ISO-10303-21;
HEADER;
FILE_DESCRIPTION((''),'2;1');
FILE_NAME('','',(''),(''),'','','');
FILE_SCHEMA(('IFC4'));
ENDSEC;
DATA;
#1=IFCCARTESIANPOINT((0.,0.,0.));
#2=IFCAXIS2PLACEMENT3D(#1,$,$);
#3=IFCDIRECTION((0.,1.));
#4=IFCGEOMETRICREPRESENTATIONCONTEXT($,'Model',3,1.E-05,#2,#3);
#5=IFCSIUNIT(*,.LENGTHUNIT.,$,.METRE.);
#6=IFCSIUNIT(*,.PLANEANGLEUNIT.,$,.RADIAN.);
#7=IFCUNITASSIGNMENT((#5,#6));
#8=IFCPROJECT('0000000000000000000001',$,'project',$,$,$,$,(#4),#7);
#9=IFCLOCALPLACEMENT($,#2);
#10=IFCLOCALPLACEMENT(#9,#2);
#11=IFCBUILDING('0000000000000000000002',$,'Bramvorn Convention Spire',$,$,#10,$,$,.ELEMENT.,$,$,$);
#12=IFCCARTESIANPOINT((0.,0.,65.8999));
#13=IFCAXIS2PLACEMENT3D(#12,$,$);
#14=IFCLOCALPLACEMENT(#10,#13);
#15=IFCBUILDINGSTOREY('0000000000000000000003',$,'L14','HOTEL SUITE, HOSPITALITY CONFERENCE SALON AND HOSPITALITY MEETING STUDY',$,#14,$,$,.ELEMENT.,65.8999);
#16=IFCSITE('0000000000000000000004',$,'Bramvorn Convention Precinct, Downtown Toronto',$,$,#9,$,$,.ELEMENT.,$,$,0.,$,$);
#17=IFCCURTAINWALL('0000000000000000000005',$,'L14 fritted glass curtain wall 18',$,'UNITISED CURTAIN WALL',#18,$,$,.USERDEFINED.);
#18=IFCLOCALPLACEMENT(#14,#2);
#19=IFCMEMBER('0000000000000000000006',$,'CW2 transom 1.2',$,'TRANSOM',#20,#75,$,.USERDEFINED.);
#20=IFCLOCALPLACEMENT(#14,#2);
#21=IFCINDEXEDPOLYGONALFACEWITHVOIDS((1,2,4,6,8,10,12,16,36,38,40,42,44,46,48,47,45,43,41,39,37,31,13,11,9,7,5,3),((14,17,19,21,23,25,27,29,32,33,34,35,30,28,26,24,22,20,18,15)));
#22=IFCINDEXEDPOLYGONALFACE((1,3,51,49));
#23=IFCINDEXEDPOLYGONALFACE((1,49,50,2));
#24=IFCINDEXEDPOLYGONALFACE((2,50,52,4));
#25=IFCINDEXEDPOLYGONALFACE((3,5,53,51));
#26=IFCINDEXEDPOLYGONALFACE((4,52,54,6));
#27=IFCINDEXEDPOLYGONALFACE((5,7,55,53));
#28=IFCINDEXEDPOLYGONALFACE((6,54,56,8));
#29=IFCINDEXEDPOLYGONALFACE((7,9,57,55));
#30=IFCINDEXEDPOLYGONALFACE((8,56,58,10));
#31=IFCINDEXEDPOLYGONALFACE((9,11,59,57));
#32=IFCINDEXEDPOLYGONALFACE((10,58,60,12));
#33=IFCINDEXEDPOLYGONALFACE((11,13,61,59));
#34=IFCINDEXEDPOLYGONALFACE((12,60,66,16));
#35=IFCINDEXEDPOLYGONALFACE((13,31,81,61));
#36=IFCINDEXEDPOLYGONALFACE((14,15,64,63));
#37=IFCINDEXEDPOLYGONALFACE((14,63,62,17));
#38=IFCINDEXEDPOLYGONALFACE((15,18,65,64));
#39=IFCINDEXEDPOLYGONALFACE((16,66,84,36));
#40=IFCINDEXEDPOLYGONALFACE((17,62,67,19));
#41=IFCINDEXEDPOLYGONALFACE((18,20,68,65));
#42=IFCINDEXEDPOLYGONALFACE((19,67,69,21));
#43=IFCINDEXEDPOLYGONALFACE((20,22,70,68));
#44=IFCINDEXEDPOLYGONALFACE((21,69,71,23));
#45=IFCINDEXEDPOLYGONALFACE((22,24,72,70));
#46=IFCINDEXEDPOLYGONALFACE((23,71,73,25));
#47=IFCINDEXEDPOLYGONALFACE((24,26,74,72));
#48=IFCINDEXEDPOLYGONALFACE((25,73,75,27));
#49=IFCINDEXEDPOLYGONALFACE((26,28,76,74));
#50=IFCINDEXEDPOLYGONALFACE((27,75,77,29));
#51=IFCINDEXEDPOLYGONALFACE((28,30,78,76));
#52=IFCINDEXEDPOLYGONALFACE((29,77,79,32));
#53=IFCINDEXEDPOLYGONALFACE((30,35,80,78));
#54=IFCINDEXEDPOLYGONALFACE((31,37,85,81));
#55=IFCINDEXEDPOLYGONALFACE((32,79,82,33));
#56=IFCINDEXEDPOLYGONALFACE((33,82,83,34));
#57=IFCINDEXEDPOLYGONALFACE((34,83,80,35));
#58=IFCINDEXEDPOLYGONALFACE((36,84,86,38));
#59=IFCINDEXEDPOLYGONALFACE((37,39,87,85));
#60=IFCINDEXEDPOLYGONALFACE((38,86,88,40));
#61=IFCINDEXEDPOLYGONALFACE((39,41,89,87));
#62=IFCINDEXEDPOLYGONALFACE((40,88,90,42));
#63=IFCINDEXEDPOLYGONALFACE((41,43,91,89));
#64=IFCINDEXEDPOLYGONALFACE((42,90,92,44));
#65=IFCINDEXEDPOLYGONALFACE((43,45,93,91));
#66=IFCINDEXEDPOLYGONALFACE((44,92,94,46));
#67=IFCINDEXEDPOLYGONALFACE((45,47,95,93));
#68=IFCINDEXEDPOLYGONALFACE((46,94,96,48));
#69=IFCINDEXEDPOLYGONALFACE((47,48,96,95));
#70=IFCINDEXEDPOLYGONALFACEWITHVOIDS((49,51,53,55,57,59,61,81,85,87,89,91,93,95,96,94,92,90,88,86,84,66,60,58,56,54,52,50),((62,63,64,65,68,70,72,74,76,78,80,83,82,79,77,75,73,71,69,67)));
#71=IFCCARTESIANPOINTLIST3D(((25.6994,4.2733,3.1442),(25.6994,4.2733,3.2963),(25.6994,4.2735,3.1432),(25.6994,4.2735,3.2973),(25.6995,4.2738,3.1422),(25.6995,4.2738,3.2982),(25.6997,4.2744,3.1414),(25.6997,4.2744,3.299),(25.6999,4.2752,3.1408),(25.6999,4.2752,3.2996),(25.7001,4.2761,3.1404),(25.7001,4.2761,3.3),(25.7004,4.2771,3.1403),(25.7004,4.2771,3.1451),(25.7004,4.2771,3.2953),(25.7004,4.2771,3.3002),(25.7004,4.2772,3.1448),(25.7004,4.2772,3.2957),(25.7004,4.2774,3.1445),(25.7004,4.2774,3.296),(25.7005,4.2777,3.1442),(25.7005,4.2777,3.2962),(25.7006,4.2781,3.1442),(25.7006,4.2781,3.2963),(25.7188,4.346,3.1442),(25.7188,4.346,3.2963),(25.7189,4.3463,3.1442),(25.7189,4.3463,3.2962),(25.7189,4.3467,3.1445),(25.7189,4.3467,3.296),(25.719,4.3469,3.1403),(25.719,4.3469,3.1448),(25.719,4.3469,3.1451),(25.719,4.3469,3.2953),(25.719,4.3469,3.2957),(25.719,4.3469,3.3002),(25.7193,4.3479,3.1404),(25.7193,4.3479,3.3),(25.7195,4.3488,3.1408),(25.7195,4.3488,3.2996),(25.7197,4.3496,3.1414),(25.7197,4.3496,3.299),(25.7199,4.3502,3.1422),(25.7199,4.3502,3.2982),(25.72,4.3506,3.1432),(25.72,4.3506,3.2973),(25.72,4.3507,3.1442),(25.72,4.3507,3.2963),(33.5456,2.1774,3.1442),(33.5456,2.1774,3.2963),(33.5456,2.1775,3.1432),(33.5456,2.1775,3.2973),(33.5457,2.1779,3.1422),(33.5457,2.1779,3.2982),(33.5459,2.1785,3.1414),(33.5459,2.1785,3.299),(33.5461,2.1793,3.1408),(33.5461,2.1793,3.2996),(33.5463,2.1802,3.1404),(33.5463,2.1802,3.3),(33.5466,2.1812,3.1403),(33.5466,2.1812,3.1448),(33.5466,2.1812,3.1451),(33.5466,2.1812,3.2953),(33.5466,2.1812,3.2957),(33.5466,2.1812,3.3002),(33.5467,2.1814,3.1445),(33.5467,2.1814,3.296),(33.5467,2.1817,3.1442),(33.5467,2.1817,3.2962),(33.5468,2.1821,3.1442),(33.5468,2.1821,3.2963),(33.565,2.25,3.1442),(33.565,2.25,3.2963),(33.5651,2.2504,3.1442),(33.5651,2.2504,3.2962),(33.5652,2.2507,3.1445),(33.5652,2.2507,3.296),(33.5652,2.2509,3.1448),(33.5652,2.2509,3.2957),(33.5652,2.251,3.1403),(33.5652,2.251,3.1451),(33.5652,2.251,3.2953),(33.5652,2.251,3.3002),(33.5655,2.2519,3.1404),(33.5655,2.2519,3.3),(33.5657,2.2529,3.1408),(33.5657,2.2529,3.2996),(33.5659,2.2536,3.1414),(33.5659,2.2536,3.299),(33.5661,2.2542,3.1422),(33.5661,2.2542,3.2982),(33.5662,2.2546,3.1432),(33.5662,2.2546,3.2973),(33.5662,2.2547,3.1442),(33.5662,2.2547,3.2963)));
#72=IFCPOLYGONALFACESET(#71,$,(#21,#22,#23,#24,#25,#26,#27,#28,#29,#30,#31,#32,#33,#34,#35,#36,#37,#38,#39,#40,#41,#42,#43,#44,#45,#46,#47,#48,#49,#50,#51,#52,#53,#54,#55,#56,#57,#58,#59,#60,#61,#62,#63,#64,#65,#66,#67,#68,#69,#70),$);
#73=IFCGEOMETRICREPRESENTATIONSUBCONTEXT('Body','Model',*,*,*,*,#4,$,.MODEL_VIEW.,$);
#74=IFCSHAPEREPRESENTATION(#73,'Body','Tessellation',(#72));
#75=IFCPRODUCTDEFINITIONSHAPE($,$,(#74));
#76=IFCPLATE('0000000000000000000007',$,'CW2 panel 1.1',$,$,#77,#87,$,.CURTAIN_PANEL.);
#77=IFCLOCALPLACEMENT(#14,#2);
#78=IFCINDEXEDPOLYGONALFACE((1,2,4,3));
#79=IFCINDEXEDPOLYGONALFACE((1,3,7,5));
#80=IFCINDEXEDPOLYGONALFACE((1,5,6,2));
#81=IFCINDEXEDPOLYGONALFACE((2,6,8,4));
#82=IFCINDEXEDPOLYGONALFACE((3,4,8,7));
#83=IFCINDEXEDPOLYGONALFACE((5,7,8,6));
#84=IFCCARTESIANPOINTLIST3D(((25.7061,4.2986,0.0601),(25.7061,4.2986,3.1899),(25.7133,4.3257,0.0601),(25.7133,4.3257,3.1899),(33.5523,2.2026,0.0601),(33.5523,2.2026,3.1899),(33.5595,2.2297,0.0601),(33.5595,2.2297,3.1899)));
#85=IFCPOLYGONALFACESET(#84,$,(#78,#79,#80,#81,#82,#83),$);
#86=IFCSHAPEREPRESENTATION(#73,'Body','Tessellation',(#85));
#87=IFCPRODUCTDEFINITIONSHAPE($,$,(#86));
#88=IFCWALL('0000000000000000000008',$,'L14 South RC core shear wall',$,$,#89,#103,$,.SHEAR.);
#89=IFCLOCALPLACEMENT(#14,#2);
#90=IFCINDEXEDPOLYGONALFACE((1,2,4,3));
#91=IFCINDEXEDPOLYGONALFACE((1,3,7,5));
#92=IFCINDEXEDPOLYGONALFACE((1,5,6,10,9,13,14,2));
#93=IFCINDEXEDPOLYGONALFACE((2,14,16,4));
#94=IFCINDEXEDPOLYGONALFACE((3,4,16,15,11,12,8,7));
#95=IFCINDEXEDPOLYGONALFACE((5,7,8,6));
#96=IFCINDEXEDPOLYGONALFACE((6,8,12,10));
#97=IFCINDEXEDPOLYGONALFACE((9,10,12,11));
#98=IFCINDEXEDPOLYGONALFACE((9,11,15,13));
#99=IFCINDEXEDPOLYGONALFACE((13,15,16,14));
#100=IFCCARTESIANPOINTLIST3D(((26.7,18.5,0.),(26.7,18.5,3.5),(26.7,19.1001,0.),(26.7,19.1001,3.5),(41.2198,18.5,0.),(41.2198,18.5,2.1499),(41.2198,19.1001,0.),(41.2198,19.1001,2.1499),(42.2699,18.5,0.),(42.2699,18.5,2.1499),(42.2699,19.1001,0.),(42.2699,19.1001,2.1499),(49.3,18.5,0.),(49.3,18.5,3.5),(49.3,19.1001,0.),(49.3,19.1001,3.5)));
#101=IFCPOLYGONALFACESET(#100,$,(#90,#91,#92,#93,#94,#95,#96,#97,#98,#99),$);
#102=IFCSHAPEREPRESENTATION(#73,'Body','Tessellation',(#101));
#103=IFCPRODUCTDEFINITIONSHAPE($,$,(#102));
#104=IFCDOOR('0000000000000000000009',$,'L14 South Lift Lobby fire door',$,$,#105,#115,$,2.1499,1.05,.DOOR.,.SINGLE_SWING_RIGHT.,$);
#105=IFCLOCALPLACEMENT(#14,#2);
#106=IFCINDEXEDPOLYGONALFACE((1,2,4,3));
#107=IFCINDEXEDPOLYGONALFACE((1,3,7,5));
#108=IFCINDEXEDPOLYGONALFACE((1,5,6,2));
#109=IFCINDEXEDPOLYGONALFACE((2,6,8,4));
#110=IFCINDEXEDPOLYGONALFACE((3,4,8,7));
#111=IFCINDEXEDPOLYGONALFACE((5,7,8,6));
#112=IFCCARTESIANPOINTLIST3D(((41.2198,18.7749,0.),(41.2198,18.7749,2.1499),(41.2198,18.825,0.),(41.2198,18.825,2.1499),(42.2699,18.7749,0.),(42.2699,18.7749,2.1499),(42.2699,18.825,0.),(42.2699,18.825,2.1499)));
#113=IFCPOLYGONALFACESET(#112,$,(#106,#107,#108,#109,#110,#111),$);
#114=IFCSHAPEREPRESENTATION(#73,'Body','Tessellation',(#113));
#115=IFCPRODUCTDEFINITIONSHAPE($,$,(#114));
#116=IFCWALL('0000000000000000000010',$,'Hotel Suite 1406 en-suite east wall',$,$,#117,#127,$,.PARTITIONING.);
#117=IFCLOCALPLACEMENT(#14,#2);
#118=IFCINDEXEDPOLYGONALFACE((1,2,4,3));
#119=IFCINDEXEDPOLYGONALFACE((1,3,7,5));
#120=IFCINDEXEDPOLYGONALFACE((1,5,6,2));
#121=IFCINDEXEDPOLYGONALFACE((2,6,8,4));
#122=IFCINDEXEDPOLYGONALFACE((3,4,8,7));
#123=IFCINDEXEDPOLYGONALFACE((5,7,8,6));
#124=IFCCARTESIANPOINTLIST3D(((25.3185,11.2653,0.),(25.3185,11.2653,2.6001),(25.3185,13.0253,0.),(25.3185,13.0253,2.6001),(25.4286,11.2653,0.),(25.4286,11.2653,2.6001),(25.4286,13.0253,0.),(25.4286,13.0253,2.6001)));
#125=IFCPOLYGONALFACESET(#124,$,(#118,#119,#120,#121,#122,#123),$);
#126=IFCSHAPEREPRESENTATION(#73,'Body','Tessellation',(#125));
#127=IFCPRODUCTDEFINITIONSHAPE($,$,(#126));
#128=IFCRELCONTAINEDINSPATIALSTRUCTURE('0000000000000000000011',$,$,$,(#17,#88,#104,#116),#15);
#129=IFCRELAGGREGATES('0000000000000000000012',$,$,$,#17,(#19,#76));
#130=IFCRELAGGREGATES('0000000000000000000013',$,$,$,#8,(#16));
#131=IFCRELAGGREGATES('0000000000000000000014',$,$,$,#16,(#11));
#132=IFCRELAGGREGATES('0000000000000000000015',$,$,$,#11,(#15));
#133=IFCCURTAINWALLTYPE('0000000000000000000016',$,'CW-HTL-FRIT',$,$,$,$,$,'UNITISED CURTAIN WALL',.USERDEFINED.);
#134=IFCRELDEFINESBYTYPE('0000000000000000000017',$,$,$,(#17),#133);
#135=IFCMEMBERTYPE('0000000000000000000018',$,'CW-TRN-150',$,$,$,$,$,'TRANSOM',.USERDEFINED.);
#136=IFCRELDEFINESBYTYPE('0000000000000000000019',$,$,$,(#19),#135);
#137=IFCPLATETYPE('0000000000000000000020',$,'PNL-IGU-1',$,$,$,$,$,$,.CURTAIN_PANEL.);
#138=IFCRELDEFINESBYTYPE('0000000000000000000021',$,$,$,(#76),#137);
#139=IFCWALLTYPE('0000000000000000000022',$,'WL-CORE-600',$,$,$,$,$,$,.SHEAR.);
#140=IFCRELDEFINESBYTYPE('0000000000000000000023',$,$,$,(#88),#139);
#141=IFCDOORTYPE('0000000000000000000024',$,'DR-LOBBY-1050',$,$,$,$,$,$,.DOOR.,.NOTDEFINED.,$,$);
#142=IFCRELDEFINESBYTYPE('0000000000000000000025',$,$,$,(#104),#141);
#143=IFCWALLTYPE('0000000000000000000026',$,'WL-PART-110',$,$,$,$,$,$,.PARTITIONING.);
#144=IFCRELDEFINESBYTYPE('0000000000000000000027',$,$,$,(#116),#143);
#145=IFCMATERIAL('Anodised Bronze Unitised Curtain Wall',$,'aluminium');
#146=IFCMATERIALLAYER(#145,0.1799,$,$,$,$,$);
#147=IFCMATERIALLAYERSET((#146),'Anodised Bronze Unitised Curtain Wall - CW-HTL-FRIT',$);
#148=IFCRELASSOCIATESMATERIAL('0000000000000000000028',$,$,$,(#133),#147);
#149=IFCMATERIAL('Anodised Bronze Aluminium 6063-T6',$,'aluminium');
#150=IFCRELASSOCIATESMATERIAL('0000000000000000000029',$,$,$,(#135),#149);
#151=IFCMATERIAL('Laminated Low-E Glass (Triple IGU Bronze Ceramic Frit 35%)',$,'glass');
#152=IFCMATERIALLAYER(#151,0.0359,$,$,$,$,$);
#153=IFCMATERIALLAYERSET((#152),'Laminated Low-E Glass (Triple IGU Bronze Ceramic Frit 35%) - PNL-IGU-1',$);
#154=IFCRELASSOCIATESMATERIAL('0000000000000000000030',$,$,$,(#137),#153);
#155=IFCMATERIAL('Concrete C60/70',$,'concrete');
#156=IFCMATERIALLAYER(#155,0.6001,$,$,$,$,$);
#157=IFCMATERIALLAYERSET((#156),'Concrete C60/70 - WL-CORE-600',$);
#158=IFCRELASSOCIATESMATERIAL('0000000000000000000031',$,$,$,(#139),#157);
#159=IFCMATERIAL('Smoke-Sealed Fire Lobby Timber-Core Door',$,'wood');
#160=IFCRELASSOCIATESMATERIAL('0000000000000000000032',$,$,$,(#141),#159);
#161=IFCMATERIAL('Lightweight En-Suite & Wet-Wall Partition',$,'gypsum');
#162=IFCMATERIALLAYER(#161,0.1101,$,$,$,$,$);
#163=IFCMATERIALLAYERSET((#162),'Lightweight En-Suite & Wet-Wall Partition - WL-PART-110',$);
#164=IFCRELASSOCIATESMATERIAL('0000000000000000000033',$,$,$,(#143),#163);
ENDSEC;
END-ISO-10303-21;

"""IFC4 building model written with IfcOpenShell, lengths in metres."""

from ifc_helpers import new_model, si_unit, direction, frame, frame_2d, origin, origin_2d, place, context, subcontext, project, spatial, rectangle, hollow_rectangle, extrude, material, layer, layer_set, material_profile, profile_set, type_object, element, fill, aggregate, save


model = new_model("IFC4")

# Units and contexts
model_context = context("Model", 3, precision=1e-05, world=origin(), true_north=direction((0.0, 1.0)))
body_context = subcontext(model_context, "Body", "Model", "MODEL_VIEW")
ifc_project = project(units=[si_unit("LENGTHUNIT", "METRE"), si_unit("PLANEANGLEUNIT", "RADIAN")], contexts=[model_context])

# Site, building, storey
site_placement = place(None, origin())
site = spatial("IfcSite", under=ifc_project, at=site_placement, Name="Bramvorn Convention Precinct, Downtown Toronto", CompositionType="ELEMENT", RefElevation=0.0)
building_placement = place(site_placement, origin())
building = spatial("IfcBuilding", under=site, at=building_placement, Name="Bramvorn Convention Spire", CompositionType="ELEMENT")
storey_placement = place(building_placement, frame((0.0, 0.0, 65.8999)))
storey = spatial("IfcBuildingStorey", under=building, at=storey_placement, Name="L14", Description="HOTEL SUITE, HOSPITALITY CONFERENCE SALON AND HOSPITALITY MEETING STUDY", CompositionType="ELEMENT", Elevation=65.8999)

# Shared definitions
ifc_material_1 = material(Name="Anodised Bronze Unitised Curtain Wall", Category="aluminium")
ifc_layer_1 = layer(ifc_material_1, 0.1799)
ifc_layer_set_1 = layer_set([ifc_layer_1], Name="Anodised Bronze Unitised Curtain Wall - CW-HTL-FRIT")
curtain_wall_type = type_object("IfcCurtainWallType", Name="CW-HTL-FRIT", ElementType="UNITISED CURTAIN WALL", PredefinedType="USERDEFINED", material=ifc_layer_set_1)
ifc_material_2 = material(Name="Anodised Bronze Aluminium 6063-T6", Category="aluminium")

# Curtain wall
curtain_wall_1_placement = place(storey_placement, origin())
curtain_wall_1 = element("IfcCurtainWall", 1, at=curtain_wall_1_placement, inside=storey, type_object=curtain_wall_type, Name="L14 fritted glass curtain wall 18", ObjectType="UNITISED CURTAIN WALL", PredefinedType="USERDEFINED")

# Member
ifc_material_profile_1 = material_profile(ifc_material_2, hollow_rectangle(XDim=0.0801, YDim=0.1599, WallThickness=0.0039, InnerFilletRadius=0.001, OuterFilletRadius=0.0039, at=origin_2d()))
ifc_profile_set_1 = profile_set([ifc_material_profile_1], Name="Anodised Bronze Aluminium 6063-T6 - CWT80X160")
member_type_1 = type_object("IfcMemberType", Name="CW-TRN-150", ElementType="TRANSOM", PredefinedType="USERDEFINED", material=ifc_profile_set_1)
member_1_placement = place(storey_placement, frame((33.5559, 2.2161, 3.2202), z_axis=(-0.966124, 0.25808, 0.0), x_axis=(-0.25808, -0.966124, 0.0)))
member_1 = element("IfcMember", 2, at=member_1_placement, type_object=member_type_1, Name="CW2 transom 1.2", ObjectType="TRANSOM", PredefinedType="USERDEFINED", context=body_context, shape_type="SweptSolid", body=[
    extrude(hollow_rectangle(XDim=0.0801, YDim=0.1599, WallThickness=0.0039, InnerFilletRadius=0.001, OuterFilletRadius=0.0039, at=origin_2d()), origin(), (0.0, 0.0, 1.0), 8.1213),
])

# Plate
ifc_material_3 = material(Name="Laminated Low-E Glass (Triple IGU Bronze Ceramic Frit 35%)", Category="glass")
ifc_layer_2 = layer(ifc_material_3, 0.0359)
ifc_layer_set_2 = layer_set([ifc_layer_2], Name="Laminated Low-E Glass (Triple IGU Bronze Ceramic Frit 35%) - PNL-IGU-1")
plate_type = type_object("IfcPlateType", Name="PNL-IGU-1", PredefinedType="CURTAIN_PANEL", material=ifc_layer_set_2)
plate_placement = place(storey_placement, frame((29.6328, 3.2642, 0.0601), z_axis=(0.0, 0.0, 1.0), x_axis=(-0.966122, 0.258087, 0.0)))
plate = element("IfcPlate", 3, at=plate_placement, type_object=plate_type, Name="CW2 panel 1.1", PredefinedType="CURTAIN_PANEL", context=body_context, shape_type="SweptSolid", body=[
    extrude(rectangle(XDim=8.1213, YDim=0.0281, at=origin_2d()), origin(), (0.0, 0.0, 1.0), 3.1299),
])
aggregate(curtain_wall_1, [member_1, plate])

# Wall, opening, door
ifc_material_4 = material(Name="Concrete C60/70", Category="concrete")
ifc_layer_3 = layer(ifc_material_4, 0.6001)
ifc_layer_set_3 = layer_set([ifc_layer_3], Name="Concrete C60/70 - WL-CORE-600")
wall_type_1 = type_object("IfcWallType", Name="WL-CORE-600", PredefinedType="SHEAR", material=ifc_layer_set_3)
wall_1_placement = place(storey_placement, frame((26.7, 18.8, 0.0), z_axis=(0.0, 0.0, 1.0), x_axis=(1.0, 0.0, 0.0)))
wall_1 = element("IfcWall", 4, at=wall_1_placement, inside=storey, type_object=wall_type_1, Name="L14 South RC core shear wall", PredefinedType="SHEAR", context=body_context, shape_type="SweptSolid", body=[
    extrude(rectangle(XDim=22.6001, YDim=0.6001, at=frame_2d((11.3, 0.0))), origin(), (0.0, 0.0, 1.0), 3.5),
])
opening_1_placement = place(wall_1_placement, frame((14.52, 0.0, 0.0)))
opening_1 = element("IfcOpeningElement", 5, at=opening_1_placement, cuts=wall_1, PredefinedType="OPENING", context=body_context, shape_type="SweptSolid", body=[
    extrude(rectangle(XDim=1.05, YDim=2.1499, at=frame_2d((0.5249, 1.075))), frame((0.0, 0.3101, 0.0), z_axis=(0.0, -1.0, 0.0), x_axis=(1.0, 0.0, 0.0)), (0.0, 0.0, 1.0), 0.6201),
])
ifc_material_5 = material(Name="Smoke-Sealed Fire Lobby Timber-Core Door", Category="wood")
door_type_1 = type_object("IfcDoorType", Name="DR-LOBBY-1050", OperationType="NOTDEFINED", PredefinedType="DOOR", material=ifc_material_5)
door_1_placement = place(opening_1_placement, origin())
door_1 = element("IfcDoor", 6, at=door_1_placement, inside=storey, type_object=door_type_1, Name="L14 South Lift Lobby fire door", OperationType="SINGLE_SWING_RIGHT", OverallHeight=2.1499, OverallWidth=1.05, PredefinedType="DOOR", context=body_context, shape_type="SweptSolid", body=[
    extrude(rectangle(XDim=1.05, YDim=2.1499, at=frame_2d((0.5249, 1.075))), frame((0.0, 0.0249, 0.0), z_axis=(0.0, -1.0, 0.0), x_axis=(1.0, 0.0, 0.0)), (0.0, 0.0, 1.0), 0.05),
])
fill(opening_1, door_1)

# Wall
ifc_material_6 = material(Name="Lightweight En-Suite & Wet-Wall Partition", Category="gypsum")
ifc_layer_4 = layer(ifc_material_6, 0.1101)
ifc_layer_set_4 = layer_set([ifc_layer_4], Name="Lightweight En-Suite & Wet-Wall Partition - WL-PART-110")
wall_type_2 = type_object("IfcWallType", Name="WL-PART-110", PredefinedType="PARTITIONING", material=ifc_layer_set_4)
wall_2_placement = place(storey_placement, frame((25.3735, 11.2654, 0.0), z_axis=(0.0, 0.0, 1.0), x_axis=(0.0, 1.0, 0.0)))
element("IfcWall", 7, at=wall_2_placement, inside=storey, type_object=wall_type_2, Name="Hotel Suite 1406 en-suite east wall", PredefinedType="PARTITIONING", context=body_context, shape_type="SweptSolid", body=[
    extrude(rectangle(XDim=1.76, YDim=0.1101, at=frame_2d((0.8799, 0.0))), origin(), (0.0, 0.0, 1.0), 2.6001),
])

save(model, "model.ifc")
